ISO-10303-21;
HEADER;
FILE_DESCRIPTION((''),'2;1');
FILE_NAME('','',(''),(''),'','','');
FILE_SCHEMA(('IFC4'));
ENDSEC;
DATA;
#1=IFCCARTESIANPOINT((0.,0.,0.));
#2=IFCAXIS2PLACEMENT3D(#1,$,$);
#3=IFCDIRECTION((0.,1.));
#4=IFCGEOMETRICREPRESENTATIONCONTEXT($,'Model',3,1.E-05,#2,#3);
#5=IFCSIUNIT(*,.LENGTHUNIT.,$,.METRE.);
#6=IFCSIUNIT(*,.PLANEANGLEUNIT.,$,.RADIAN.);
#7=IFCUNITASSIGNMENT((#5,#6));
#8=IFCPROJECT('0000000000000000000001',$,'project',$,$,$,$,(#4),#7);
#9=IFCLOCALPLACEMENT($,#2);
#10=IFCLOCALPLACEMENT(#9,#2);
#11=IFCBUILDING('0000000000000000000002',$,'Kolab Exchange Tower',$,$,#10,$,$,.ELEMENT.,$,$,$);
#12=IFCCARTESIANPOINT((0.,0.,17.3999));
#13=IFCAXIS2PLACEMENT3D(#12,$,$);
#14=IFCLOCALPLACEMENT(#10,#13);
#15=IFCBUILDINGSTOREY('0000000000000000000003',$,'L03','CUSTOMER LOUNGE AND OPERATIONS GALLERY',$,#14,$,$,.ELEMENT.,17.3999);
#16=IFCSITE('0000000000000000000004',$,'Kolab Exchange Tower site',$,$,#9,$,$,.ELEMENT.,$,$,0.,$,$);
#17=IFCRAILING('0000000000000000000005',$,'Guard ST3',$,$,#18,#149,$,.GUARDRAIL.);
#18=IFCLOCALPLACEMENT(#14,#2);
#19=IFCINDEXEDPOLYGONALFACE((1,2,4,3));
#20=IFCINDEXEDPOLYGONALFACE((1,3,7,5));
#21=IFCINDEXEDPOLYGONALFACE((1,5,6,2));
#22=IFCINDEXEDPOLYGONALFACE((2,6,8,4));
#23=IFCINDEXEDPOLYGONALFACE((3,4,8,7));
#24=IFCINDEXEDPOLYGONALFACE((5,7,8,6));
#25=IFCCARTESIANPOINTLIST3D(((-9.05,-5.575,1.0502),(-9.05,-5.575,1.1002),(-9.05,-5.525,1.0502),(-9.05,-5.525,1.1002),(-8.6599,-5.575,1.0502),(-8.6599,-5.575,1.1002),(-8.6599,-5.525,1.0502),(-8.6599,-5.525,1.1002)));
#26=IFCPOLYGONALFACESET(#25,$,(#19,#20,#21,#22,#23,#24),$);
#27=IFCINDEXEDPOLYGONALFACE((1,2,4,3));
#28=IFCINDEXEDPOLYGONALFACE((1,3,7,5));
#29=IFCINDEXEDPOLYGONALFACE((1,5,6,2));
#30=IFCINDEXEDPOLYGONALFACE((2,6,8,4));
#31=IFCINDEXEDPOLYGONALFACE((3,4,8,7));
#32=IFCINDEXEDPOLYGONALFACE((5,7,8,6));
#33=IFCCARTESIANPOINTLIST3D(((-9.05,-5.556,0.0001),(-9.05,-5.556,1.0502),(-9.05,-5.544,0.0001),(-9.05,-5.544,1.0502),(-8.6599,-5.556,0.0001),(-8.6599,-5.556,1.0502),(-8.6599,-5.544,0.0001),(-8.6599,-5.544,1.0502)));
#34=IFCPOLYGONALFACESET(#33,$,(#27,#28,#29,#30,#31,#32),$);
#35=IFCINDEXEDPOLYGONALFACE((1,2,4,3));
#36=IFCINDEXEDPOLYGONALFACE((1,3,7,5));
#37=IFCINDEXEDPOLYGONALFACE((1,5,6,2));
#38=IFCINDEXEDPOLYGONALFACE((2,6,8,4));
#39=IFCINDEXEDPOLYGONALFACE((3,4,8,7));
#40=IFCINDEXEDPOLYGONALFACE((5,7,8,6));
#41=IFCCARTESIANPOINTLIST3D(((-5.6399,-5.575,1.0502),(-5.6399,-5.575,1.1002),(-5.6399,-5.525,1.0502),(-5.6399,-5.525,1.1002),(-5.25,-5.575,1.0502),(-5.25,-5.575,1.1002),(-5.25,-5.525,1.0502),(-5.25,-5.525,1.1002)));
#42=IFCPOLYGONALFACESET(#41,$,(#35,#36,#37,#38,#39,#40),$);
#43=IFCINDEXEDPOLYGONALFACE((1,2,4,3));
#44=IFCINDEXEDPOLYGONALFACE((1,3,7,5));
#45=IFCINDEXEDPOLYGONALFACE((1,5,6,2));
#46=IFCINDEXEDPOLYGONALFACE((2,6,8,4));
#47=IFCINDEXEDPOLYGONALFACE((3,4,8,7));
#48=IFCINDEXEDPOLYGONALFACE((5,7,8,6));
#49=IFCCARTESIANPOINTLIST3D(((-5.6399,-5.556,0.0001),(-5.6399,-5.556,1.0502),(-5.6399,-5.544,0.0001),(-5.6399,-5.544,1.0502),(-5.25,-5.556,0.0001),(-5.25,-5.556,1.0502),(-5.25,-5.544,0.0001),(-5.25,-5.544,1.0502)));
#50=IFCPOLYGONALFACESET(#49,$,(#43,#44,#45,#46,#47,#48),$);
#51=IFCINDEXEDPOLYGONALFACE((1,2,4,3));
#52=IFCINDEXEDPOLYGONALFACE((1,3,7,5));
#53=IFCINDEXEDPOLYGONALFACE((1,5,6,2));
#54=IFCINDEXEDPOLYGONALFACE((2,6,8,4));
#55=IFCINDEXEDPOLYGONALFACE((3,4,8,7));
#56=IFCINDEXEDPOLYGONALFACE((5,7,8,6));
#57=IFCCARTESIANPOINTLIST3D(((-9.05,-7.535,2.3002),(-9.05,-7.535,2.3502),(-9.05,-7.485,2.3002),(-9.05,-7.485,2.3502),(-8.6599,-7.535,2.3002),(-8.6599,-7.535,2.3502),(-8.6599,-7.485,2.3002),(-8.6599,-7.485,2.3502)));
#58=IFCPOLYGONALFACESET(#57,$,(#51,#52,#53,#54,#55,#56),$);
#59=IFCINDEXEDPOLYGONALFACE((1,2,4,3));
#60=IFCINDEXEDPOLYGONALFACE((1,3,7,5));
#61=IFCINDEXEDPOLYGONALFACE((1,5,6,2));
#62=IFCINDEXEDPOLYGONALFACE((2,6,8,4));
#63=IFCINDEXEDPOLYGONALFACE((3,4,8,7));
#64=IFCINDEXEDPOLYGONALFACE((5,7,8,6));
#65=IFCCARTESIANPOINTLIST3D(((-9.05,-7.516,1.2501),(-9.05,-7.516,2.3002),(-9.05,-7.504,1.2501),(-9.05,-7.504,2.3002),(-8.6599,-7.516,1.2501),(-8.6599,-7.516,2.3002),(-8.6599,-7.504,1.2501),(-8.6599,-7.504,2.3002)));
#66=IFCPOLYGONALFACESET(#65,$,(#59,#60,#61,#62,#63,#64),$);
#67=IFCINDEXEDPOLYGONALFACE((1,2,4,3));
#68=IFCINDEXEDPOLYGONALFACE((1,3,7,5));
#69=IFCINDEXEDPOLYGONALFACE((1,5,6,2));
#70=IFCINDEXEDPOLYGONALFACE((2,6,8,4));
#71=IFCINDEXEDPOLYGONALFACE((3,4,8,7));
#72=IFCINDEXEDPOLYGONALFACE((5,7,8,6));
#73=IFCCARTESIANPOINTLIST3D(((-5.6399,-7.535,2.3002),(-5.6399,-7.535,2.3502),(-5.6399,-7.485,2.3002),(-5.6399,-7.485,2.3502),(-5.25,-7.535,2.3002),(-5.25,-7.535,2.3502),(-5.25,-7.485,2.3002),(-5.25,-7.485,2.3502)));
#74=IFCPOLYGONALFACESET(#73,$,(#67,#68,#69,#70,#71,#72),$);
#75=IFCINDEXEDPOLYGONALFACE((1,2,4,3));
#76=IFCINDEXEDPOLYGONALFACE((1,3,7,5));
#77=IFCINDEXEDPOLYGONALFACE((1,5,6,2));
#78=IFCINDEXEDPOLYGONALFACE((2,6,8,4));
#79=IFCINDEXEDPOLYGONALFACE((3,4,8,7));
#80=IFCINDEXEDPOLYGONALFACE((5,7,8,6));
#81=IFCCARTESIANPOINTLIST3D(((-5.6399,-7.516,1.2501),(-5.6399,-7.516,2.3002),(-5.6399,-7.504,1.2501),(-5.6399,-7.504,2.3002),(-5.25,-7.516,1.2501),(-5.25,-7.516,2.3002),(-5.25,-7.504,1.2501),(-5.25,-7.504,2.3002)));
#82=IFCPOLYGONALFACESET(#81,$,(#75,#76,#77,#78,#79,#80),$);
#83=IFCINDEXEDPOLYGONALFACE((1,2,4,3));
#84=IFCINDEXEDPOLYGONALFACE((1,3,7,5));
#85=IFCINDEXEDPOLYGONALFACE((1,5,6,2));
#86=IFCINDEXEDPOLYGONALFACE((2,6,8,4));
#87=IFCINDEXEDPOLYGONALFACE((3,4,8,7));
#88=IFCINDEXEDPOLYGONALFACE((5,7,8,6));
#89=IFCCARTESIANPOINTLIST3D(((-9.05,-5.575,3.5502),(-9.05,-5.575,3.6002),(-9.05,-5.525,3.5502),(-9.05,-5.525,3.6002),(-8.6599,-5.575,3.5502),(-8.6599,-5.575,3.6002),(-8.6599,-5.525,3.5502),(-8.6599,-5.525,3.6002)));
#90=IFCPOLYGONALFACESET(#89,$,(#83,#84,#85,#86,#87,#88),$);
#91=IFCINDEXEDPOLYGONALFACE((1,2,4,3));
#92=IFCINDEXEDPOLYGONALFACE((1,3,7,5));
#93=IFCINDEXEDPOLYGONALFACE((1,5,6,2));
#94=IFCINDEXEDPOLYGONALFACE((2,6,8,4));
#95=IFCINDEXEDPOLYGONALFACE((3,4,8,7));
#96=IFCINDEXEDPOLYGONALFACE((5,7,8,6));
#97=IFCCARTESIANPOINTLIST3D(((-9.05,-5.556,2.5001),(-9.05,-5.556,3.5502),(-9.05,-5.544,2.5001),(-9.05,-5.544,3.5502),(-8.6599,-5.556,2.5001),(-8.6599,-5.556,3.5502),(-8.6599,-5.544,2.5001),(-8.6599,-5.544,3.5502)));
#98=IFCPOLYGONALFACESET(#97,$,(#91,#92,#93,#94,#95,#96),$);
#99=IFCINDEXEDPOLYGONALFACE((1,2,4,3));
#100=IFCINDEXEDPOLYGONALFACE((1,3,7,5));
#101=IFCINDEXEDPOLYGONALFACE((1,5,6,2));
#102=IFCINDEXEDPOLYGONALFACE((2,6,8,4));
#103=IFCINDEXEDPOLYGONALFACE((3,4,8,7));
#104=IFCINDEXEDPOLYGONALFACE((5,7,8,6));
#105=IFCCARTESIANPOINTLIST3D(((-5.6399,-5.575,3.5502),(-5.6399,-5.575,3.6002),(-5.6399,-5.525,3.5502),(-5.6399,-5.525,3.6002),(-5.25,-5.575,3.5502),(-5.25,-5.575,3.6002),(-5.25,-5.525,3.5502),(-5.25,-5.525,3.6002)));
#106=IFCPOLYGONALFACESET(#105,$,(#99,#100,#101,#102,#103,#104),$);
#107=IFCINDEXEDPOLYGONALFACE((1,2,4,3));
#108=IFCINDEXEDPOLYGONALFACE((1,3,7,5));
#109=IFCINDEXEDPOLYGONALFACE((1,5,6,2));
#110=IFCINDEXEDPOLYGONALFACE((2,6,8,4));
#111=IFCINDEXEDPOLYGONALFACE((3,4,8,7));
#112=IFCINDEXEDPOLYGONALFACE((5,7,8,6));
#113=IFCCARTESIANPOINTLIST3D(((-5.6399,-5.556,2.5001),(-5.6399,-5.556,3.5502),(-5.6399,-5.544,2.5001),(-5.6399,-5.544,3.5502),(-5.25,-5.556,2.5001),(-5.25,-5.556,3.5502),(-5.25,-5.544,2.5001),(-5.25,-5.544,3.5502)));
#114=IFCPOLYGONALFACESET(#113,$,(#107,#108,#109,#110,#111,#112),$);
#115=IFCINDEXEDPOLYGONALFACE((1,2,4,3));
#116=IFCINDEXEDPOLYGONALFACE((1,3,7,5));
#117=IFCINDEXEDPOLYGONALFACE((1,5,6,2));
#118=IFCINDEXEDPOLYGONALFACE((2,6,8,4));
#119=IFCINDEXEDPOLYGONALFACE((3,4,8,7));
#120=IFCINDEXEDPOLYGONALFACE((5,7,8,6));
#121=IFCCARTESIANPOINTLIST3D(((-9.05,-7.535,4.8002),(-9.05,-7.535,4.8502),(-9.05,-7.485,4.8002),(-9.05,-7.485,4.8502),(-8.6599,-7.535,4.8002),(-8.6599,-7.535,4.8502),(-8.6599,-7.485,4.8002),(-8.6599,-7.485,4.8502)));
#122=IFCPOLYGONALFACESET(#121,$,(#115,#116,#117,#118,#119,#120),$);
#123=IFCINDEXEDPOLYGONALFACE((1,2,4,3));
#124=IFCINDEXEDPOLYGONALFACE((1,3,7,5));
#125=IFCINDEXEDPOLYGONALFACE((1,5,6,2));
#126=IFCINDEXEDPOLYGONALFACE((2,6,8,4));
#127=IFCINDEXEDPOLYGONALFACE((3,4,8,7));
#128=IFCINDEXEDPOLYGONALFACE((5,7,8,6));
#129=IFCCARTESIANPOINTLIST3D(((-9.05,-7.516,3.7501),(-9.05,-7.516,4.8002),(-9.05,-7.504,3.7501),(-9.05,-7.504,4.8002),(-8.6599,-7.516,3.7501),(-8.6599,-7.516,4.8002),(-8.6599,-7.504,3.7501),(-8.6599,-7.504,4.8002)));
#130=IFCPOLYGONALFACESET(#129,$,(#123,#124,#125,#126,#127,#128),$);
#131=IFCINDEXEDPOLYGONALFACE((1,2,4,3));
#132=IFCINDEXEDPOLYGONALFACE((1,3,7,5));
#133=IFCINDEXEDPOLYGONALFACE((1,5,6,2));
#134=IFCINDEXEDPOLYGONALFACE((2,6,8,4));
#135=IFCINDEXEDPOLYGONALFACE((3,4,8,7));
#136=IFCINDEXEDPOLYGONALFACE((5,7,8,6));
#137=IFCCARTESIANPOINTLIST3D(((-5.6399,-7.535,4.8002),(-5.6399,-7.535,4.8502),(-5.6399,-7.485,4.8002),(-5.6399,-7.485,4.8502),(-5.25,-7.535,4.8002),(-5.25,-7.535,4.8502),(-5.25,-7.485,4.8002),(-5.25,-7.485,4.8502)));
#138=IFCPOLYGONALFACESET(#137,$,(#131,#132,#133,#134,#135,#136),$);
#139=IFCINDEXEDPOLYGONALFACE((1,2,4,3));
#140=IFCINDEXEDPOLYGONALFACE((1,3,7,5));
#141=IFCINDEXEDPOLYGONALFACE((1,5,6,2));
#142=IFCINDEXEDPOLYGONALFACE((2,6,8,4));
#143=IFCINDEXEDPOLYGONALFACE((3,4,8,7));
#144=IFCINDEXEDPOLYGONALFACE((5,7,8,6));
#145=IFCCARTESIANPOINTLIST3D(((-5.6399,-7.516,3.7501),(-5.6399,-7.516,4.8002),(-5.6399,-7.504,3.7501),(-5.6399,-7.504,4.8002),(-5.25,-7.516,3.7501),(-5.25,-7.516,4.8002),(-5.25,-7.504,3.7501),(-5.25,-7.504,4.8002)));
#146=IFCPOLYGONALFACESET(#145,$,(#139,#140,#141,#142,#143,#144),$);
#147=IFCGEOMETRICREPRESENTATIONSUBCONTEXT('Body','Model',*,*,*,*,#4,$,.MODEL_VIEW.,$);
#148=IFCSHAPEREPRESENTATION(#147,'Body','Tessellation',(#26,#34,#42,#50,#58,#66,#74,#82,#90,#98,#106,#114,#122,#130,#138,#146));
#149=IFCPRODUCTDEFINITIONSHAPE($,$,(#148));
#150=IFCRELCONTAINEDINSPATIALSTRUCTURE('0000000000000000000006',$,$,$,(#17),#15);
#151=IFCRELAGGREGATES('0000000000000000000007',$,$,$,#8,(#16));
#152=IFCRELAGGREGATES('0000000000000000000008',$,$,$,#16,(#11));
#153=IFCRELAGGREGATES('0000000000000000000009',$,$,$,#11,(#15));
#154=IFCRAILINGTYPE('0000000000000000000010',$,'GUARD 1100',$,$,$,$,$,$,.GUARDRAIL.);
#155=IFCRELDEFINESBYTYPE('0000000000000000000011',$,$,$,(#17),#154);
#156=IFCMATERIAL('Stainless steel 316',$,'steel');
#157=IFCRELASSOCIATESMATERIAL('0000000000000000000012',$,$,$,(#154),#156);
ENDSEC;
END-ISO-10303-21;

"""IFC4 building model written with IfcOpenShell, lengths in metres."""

from ifc_helpers import new_model, si_unit, direction, frame, frame_2d, origin, origin_2d, place, context, subcontext, project, spatial, rectangle, extrude, material, type_object, element, save


model = new_model("IFC4")

# Units and contexts
model_context = context("Model", 3, precision=1e-05, world=origin(), true_north=direction((0.0, 1.0)))
body_context = subcontext(model_context, "Body", "Model", "MODEL_VIEW")
ifc_project = project(units=[si_unit("LENGTHUNIT", "METRE"), si_unit("PLANEANGLEUNIT", "RADIAN")], contexts=[model_context])

# Site, building, storey
site_placement = place(None, origin())
site = spatial("IfcSite", under=ifc_project, at=site_placement, Name="Kolab Exchange Tower site", CompositionType="ELEMENT", RefElevation=0.0)
building_placement = place(site_placement, origin())
building = spatial("IfcBuilding", under=site, at=building_placement, Name="Kolab Exchange Tower", CompositionType="ELEMENT")
storey_placement = place(building_placement, frame((0.0, 0.0, 17.3999)))
storey = spatial("IfcBuildingStorey", under=building, at=storey_placement, Name="L03", Description="CUSTOMER LOUNGE AND OPERATIONS GALLERY", CompositionType="ELEMENT", Elevation=17.3999)

# Railing
ifc_material_1 = material(Name="Stainless steel 316", Category="steel")
railing_type = type_object("IfcRailingType", Name="GUARD 1100", PredefinedType="GUARDRAIL", material=ifc_material_1)
railing_placement = place(storey_placement, frame((-9.05, -5.55, 0.0)))
element("IfcRailing", 1, at=railing_placement, inside=storey, type_object=railing_type, Name="Guard ST3", PredefinedType="GUARDRAIL", context=body_context, shape_type="SweptSolid", body=[
    extrude(rectangle(XDim=0.05, YDim=0.05, at=origin_2d()), frame((0.0, 0.0, 1.0752), z_axis=(1.0, 0.0, 0.0), x_axis=(0.0, 1.0, 0.0)), (0.0, 0.0, 1.0), 0.3901),
    extrude(rectangle(XDim=0.012, YDim=1.0501, at=frame_2d((0.0, 0.5251))), frame((0.0, 0.0, 0.0), z_axis=(1.0, 0.0, 0.0), x_axis=(0.0, 1.0, 0.0)), (0.0, 0.0, 1.0), 0.3901),
    extrude(rectangle(XDim=0.05, YDim=0.05, at=origin_2d()), frame((3.4102, 0.0, 1.0752), z_axis=(1.0, 0.0, 0.0), x_axis=(0.0, 1.0, 0.0)), (0.0, 0.0, 1.0), 0.3899),
    extrude(rectangle(XDim=0.012, YDim=1.0501, at=frame_2d((0.0, 0.5251))), frame((3.4102, 0.0, 0.0), z_axis=(1.0, 0.0, 0.0), x_axis=(0.0, 1.0, 0.0)), (0.0, 0.0, 1.0), 0.3899),
    extrude(rectangle(XDim=0.05, YDim=0.05, at=origin_2d()), frame((0.0, -1.96, 2.3252), z_axis=(1.0, 0.0, 0.0), x_axis=(0.0, 1.0, 0.0)), (0.0, 0.0, 1.0), 0.3901),
    extrude(rectangle(XDim=0.012, YDim=1.0501, at=frame_2d((0.0, 0.5251))), frame((0.0, -1.96, 1.25), z_axis=(1.0, 0.0, 0.0), x_axis=(0.0, 1.0, 0.0)), (0.0, 0.0, 1.0), 0.3901),
    extrude(rectangle(XDim=0.05, YDim=0.05, at=origin_2d()), frame((3.4102, -1.96, 2.3252), z_axis=(1.0, 0.0, 0.0), x_axis=(0.0, 1.0, 0.0)), (0.0, 0.0, 1.0), 0.3899),
    extrude(rectangle(XDim=0.012, YDim=1.0501, at=frame_2d((0.0, 0.5251))), frame((3.4102, -1.96, 1.25), z_axis=(1.0, 0.0, 0.0), x_axis=(0.0, 1.0, 0.0)), (0.0, 0.0, 1.0), 0.3899),
    extrude(rectangle(XDim=0.05, YDim=0.05, at=origin_2d()), frame((0.0, 0.0, 3.5752), z_axis=(1.0, 0.0, 0.0), x_axis=(0.0, 1.0, 0.0)), (0.0, 0.0, 1.0), 0.3901),
    extrude(rectangle(XDim=0.012, YDim=1.0501, at=frame_2d((0.0, 0.5251))), frame((0.0, 0.0, 2.5), z_axis=(1.0, 0.0, 0.0), x_axis=(0.0, 1.0, 0.0)), (0.0, 0.0, 1.0), 0.3901),
    extrude(rectangle(XDim=0.05, YDim=0.05, at=origin_2d()), frame((3.4102, 0.0, 3.5752), z_axis=(1.0, 0.0, 0.0), x_axis=(0.0, 1.0, 0.0)), (0.0, 0.0, 1.0), 0.3899),
    extrude(rectangle(XDim=0.012, YDim=1.0501, at=frame_2d((0.0, 0.5251))), frame((3.4102, 0.0, 2.5), z_axis=(1.0, 0.0, 0.0), x_axis=(0.0, 1.0, 0.0)), (0.0, 0.0, 1.0), 0.3899),
    extrude(rectangle(XDim=0.05, YDim=0.05, at=origin_2d()), frame((0.0, -1.96, 4.8252), z_axis=(1.0, 0.0, 0.0), x_axis=(0.0, 1.0, 0.0)), (0.0, 0.0, 1.0), 0.3901),
    extrude(rectangle(XDim=0.012, YDim=1.0501, at=frame_2d((0.0, 0.5251))), frame((0.0, -1.96, 3.75), z_axis=(1.0, 0.0, 0.0), x_axis=(0.0, 1.0, 0.0)), (0.0, 0.0, 1.0), 0.3901),
    extrude(rectangle(XDim=0.05, YDim=0.05, at=origin_2d()), frame((3.4102, -1.96, 4.8252), z_axis=(1.0, 0.0, 0.0), x_axis=(0.0, 1.0, 0.0)), (0.0, 0.0, 1.0), 0.3899),
    extrude(rectangle(XDim=0.012, YDim=1.0501, at=frame_2d((0.0, 0.5251))), frame((3.4102, -1.96, 3.75), z_axis=(1.0, 0.0, 0.0), x_axis=(0.0, 1.0, 0.0)), (0.0, 0.0, 1.0), 0.3899),
])

save(model, "model.ifc")
